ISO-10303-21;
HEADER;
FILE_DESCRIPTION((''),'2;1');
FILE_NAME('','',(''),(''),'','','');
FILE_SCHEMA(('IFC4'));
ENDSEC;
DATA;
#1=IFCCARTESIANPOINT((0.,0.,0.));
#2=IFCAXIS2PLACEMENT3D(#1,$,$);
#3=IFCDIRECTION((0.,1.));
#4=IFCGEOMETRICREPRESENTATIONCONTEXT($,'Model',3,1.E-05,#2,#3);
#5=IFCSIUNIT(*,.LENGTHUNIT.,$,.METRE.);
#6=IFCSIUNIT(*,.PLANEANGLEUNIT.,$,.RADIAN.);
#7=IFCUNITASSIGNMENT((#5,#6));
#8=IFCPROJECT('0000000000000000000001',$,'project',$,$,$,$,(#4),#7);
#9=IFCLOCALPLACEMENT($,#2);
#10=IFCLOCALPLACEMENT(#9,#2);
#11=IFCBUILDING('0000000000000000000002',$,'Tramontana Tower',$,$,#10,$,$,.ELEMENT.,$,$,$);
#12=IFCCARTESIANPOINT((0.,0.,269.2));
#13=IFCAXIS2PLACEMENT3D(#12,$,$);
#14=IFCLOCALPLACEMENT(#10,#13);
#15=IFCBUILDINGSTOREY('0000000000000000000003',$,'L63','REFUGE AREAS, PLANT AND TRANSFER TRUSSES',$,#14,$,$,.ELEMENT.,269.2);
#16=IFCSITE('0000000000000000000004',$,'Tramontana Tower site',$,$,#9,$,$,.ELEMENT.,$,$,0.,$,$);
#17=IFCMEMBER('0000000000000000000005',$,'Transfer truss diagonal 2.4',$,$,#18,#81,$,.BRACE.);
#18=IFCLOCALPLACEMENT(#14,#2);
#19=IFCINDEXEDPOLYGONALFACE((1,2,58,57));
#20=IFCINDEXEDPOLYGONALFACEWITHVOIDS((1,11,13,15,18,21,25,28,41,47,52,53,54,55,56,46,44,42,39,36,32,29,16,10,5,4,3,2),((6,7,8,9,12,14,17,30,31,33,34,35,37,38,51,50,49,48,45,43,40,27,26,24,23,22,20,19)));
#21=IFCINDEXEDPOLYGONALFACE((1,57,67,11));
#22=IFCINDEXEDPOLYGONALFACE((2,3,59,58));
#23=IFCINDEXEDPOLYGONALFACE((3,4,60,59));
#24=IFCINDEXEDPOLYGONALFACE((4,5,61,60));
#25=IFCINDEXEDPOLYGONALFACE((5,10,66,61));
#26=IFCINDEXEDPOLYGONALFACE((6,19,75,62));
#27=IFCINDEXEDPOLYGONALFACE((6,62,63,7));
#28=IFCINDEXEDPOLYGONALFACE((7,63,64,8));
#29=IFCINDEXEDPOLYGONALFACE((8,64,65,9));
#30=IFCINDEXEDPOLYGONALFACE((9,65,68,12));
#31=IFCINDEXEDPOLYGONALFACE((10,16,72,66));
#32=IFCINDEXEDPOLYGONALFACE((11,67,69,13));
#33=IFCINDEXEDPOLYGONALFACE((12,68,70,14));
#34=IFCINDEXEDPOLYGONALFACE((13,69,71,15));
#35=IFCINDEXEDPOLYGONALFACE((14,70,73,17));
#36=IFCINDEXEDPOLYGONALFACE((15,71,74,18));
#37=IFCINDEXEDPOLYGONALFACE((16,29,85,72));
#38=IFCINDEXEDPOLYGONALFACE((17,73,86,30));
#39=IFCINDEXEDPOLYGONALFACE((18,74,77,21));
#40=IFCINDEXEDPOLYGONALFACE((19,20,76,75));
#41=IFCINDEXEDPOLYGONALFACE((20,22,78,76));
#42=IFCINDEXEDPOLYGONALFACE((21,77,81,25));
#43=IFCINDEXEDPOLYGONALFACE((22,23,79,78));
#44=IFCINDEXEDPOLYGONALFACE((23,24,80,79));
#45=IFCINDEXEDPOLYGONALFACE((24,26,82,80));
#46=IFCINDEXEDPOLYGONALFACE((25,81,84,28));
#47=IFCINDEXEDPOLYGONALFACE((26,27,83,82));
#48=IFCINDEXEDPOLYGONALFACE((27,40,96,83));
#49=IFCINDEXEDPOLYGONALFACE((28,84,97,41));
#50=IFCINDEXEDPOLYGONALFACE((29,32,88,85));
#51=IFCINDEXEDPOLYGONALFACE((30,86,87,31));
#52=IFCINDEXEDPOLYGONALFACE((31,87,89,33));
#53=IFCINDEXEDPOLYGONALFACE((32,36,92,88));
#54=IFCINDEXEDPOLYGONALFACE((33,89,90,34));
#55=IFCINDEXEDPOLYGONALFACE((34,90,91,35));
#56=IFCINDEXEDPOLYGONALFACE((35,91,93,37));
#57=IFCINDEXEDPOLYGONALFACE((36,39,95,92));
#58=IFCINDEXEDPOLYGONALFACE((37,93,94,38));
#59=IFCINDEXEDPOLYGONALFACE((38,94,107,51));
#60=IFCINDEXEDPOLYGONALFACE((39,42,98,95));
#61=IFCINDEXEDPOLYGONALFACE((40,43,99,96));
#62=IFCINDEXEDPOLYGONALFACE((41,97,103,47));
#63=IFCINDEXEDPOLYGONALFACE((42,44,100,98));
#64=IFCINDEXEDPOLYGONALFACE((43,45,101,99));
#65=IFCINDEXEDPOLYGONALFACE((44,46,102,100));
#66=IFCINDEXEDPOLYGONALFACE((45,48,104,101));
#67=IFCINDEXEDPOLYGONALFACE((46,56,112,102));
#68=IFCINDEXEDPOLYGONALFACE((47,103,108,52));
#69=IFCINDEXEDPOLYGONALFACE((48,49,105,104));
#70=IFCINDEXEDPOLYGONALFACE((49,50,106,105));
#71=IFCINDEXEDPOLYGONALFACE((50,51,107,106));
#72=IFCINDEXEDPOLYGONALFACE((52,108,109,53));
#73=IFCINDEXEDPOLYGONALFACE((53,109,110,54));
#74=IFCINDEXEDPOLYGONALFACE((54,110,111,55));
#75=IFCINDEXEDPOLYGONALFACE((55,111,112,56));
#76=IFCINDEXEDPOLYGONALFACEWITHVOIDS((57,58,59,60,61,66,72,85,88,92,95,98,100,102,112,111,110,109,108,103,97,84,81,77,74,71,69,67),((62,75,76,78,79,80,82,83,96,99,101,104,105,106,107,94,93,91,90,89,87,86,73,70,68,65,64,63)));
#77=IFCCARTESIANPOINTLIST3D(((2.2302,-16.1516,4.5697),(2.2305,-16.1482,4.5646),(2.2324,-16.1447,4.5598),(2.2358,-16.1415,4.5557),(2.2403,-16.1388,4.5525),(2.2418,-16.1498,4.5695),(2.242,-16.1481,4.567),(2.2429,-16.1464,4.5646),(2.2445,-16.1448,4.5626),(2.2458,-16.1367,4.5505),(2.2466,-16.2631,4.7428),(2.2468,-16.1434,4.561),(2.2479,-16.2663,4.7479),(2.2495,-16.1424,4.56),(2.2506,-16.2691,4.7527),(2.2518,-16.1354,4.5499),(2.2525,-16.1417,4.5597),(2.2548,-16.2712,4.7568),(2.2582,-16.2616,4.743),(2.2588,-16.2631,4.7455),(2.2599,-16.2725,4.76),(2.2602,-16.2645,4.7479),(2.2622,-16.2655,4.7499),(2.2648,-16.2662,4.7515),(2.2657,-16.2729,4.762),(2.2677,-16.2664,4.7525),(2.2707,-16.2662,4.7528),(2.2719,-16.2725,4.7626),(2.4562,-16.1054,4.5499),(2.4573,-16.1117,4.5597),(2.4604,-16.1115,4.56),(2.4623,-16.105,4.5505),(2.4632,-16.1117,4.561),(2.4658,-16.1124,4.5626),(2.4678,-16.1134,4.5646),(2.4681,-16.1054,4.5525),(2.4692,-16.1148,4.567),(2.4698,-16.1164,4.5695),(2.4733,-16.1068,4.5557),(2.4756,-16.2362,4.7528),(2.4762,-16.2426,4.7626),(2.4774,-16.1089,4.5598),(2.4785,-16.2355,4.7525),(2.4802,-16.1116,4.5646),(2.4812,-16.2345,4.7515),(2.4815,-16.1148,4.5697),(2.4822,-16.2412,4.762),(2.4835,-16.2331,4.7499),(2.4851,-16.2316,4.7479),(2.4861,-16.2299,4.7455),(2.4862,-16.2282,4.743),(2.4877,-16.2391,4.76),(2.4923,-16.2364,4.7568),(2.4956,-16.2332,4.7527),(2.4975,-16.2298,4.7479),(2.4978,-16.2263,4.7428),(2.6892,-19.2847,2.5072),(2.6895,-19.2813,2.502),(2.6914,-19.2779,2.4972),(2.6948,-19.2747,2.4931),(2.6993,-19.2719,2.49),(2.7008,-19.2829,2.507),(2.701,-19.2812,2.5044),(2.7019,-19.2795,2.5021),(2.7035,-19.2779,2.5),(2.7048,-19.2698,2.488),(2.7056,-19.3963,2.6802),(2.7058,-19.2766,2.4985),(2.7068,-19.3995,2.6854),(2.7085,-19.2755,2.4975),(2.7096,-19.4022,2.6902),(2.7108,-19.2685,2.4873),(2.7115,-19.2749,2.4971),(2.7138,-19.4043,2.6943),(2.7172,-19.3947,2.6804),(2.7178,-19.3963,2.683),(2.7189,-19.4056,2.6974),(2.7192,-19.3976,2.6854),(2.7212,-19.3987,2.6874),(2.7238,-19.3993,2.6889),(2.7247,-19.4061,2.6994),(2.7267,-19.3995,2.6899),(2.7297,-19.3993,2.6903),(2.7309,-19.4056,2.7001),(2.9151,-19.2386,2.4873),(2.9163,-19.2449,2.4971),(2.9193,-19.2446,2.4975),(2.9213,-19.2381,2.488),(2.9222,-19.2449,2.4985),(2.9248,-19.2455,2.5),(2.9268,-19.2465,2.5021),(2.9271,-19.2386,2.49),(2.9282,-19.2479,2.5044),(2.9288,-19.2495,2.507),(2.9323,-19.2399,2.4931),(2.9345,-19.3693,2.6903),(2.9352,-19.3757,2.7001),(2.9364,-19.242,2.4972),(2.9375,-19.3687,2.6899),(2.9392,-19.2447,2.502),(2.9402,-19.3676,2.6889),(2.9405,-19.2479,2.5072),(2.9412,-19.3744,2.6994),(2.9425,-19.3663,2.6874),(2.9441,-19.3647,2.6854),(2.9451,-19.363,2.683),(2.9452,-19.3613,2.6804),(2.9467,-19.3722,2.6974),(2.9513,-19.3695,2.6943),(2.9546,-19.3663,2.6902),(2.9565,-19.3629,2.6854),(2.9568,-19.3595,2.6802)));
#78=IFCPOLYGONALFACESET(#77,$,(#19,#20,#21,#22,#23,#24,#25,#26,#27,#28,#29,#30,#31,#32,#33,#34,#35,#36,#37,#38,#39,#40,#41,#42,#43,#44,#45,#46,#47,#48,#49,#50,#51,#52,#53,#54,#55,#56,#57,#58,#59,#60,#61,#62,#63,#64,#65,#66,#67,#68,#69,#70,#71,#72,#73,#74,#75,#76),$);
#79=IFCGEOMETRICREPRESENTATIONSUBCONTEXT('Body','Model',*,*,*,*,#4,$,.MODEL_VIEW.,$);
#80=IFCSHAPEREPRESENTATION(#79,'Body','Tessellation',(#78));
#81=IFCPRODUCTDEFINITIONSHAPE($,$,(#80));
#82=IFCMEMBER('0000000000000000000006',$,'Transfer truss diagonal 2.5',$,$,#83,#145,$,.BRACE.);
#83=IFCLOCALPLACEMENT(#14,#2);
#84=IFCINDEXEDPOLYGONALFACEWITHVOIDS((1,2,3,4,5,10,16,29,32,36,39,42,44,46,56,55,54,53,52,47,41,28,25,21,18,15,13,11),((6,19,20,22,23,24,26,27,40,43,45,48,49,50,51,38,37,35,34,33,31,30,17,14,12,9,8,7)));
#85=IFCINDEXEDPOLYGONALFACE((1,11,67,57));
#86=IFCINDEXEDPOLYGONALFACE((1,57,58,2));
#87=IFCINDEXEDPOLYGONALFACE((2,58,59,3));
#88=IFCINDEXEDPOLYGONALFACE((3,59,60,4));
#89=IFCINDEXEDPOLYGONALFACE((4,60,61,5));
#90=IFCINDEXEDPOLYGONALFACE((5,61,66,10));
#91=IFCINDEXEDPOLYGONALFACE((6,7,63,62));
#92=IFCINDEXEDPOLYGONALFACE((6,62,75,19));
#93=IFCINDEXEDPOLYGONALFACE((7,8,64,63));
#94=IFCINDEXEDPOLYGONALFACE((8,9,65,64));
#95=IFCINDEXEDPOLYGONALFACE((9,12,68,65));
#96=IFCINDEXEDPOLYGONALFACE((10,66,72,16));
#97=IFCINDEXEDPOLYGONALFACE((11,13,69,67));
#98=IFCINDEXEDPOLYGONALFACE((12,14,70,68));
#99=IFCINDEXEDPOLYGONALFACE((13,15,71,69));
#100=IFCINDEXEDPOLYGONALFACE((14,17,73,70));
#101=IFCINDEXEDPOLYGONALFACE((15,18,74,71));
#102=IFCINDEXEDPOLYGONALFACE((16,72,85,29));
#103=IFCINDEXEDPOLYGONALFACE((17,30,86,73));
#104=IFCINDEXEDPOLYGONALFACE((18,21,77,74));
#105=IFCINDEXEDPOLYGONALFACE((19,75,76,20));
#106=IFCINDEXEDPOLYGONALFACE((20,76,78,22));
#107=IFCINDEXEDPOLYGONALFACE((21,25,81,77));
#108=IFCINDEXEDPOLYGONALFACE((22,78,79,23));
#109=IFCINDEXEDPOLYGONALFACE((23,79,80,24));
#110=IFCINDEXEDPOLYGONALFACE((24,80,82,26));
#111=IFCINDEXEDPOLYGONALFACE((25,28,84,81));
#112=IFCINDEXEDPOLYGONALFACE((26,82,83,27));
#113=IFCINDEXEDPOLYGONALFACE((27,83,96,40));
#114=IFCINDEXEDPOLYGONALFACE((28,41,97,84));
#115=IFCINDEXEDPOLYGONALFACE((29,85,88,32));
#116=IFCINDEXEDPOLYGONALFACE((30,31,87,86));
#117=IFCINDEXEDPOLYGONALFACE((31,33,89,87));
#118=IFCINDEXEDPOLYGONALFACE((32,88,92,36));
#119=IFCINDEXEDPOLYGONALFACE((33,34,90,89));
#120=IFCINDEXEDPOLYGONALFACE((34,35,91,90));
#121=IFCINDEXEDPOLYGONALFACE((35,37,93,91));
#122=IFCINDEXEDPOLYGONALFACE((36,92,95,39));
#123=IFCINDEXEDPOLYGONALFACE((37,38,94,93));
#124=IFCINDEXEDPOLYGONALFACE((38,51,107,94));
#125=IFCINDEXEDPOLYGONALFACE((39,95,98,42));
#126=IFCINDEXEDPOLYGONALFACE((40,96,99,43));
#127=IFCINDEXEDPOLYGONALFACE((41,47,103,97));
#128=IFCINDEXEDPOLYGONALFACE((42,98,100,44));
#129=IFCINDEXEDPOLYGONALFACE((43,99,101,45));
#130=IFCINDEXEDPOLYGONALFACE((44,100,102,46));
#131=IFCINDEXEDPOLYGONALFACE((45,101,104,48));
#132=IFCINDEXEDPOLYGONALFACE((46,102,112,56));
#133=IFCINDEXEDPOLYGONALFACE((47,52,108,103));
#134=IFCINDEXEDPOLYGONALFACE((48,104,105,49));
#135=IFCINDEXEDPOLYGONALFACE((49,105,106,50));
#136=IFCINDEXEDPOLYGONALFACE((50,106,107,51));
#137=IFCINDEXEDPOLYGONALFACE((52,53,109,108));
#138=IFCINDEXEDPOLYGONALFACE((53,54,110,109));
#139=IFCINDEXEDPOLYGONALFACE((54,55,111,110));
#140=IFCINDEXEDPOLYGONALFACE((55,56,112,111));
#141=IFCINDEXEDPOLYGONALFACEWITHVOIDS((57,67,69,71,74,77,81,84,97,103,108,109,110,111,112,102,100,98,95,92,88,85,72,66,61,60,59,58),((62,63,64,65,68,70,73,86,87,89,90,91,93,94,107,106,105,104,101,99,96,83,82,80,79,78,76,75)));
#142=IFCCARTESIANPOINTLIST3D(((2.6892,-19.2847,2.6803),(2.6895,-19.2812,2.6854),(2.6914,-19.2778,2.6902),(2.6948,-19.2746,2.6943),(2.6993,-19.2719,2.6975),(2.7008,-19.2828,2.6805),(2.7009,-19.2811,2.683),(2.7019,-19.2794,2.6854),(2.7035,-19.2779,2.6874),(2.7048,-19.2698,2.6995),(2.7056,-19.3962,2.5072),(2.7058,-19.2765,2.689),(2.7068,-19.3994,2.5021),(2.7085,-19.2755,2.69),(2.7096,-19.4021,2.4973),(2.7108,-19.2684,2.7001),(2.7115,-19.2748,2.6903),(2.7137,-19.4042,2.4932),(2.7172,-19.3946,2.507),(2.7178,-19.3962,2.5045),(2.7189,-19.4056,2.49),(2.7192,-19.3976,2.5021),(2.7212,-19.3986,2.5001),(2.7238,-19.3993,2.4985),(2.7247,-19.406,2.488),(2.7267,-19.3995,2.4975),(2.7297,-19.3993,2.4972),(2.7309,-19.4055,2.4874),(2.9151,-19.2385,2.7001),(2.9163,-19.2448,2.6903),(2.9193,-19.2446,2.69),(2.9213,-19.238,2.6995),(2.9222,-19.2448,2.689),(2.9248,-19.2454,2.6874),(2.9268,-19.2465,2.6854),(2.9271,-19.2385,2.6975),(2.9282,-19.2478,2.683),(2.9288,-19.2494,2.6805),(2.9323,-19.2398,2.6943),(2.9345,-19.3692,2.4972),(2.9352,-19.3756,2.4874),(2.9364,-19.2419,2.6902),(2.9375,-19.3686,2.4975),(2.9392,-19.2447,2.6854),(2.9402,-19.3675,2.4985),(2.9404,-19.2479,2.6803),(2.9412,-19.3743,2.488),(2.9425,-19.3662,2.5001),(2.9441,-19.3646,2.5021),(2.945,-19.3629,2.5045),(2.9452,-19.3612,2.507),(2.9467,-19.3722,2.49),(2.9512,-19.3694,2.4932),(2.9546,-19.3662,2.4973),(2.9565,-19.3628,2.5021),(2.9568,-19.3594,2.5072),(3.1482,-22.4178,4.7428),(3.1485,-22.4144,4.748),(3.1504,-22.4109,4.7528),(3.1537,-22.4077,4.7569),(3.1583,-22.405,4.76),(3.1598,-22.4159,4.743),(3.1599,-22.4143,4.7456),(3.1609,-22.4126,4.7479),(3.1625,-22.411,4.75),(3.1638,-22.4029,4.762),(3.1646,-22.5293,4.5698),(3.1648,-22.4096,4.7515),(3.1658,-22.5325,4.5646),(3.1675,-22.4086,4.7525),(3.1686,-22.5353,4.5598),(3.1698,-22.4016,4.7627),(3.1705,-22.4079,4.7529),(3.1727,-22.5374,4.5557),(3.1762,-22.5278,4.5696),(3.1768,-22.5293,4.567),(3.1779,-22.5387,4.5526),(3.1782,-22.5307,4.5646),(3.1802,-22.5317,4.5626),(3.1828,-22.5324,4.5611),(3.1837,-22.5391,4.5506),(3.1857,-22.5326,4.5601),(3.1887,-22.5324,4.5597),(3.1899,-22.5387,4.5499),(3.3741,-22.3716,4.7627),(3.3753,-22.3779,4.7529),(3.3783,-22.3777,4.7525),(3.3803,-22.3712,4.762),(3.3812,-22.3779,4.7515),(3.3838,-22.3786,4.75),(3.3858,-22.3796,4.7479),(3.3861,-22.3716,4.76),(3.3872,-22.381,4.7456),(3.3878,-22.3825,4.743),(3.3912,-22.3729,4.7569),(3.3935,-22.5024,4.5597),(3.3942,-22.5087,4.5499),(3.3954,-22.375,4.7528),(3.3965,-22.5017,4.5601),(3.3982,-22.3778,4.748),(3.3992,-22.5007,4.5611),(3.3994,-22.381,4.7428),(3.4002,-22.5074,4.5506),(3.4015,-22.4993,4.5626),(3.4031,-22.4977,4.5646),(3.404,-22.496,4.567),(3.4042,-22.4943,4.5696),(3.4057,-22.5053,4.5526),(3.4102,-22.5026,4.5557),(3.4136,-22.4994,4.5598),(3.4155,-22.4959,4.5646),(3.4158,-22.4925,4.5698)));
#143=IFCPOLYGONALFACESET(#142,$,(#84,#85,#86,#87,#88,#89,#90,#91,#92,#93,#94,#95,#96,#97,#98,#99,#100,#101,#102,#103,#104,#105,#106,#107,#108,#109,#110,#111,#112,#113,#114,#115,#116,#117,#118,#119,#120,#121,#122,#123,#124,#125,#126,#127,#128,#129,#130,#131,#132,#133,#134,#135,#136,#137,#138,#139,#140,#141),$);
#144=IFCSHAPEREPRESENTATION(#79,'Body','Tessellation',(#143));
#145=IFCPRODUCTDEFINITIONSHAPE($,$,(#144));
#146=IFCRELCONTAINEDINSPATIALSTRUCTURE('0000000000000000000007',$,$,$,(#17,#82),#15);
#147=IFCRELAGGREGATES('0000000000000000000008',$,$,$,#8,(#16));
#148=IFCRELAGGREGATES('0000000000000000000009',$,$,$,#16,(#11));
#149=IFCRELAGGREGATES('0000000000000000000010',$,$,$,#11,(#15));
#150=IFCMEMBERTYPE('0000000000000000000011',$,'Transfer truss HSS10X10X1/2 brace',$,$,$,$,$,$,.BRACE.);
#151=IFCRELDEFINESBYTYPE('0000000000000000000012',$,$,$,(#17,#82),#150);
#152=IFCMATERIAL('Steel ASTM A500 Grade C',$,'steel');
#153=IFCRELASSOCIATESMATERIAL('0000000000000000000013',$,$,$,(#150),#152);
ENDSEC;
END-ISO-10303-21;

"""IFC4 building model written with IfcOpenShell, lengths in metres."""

from ifc_helpers import new_model, si_unit, direction, frame, origin, origin_2d, place, context, subcontext, project, spatial, hollow_rectangle, extrude, material, material_profile, profile_set, type_object, element, save


model = new_model("IFC4")

# Units and contexts
model_context = context("Model", 3, precision=1e-05, world=origin(), true_north=direction((0.0, 1.0)))
body_context = subcontext(model_context, "Body", "Model", "MODEL_VIEW")
ifc_project = project(units=[si_unit("LENGTHUNIT", "METRE"), si_unit("PLANEANGLEUNIT", "RADIAN")], contexts=[model_context])

# Site, building, storey
site_placement = place(None, origin())
site = spatial("IfcSite", under=ifc_project, at=site_placement, Name="Tramontana Tower site", CompositionType="ELEMENT", RefElevation=0.0)
building_placement = place(site_placement, origin())
building = spatial("IfcBuilding", under=site, at=building_placement, Name="Tramontana Tower", CompositionType="ELEMENT")
storey_placement = place(building_placement, frame((0.0, 0.0, 269.2)))
storey = spatial("IfcBuildingStorey", under=building, at=storey_placement, Name="L63", Description="REFUGE AREAS, PLANT AND TRANSFER TRUSSES", CompositionType="ELEMENT", Elevation=269.2)

# Members
ifc_material_1 = material(Name="Steel ASTM A500 Grade C", Category="steel")
ifc_material_profile_1 = material_profile(ifc_material_1, hollow_rectangle(XDim=0.2539, YDim=0.2539, WallThickness=0.0117, InnerFilletRadius=0.0117, OuterFilletRadius=0.0237, at=origin_2d()), Name="HSS10X10X1/2")
ifc_profile_set_1 = profile_set([ifc_material_profile_1], Name="Steel ASTM A500 Grade C")
member_type_1 = type_object("IfcMemberType", Name="Transfer truss HSS10X10X1/2 brace", PredefinedType="BRACE", material=ifc_profile_set_1)
for number, where, z_axis, x_axis, name in (
    (1, (2.364, -16.189, 4.6562), (0.121458, -0.829077, -0.545784), (0.989439, 0.14495, 0.0), "Transfer truss diagonal 2.4"),
    (2, (2.823, -19.322, 2.5938), (0.121458, -0.829077, 0.545784), (0.989439, 0.14495, 0.0), "Transfer truss diagonal 2.5"),
):
    element("IfcMember", number, at=place(storey_placement, frame(where, z_axis=z_axis, x_axis=x_axis)), inside=storey, type_object=member_type_1, Name=name, PredefinedType="BRACE", context=body_context, shape_type="SweptSolid", body=[
        extrude(hollow_rectangle(XDim=0.2539, YDim=0.2539, WallThickness=0.0117, InnerFilletRadius=0.0117, OuterFilletRadius=0.0237, at=origin_2d()), origin(), (0.0, 0.0, 1.0), 3.7791),
    ])

save(model, "model.ifc")
